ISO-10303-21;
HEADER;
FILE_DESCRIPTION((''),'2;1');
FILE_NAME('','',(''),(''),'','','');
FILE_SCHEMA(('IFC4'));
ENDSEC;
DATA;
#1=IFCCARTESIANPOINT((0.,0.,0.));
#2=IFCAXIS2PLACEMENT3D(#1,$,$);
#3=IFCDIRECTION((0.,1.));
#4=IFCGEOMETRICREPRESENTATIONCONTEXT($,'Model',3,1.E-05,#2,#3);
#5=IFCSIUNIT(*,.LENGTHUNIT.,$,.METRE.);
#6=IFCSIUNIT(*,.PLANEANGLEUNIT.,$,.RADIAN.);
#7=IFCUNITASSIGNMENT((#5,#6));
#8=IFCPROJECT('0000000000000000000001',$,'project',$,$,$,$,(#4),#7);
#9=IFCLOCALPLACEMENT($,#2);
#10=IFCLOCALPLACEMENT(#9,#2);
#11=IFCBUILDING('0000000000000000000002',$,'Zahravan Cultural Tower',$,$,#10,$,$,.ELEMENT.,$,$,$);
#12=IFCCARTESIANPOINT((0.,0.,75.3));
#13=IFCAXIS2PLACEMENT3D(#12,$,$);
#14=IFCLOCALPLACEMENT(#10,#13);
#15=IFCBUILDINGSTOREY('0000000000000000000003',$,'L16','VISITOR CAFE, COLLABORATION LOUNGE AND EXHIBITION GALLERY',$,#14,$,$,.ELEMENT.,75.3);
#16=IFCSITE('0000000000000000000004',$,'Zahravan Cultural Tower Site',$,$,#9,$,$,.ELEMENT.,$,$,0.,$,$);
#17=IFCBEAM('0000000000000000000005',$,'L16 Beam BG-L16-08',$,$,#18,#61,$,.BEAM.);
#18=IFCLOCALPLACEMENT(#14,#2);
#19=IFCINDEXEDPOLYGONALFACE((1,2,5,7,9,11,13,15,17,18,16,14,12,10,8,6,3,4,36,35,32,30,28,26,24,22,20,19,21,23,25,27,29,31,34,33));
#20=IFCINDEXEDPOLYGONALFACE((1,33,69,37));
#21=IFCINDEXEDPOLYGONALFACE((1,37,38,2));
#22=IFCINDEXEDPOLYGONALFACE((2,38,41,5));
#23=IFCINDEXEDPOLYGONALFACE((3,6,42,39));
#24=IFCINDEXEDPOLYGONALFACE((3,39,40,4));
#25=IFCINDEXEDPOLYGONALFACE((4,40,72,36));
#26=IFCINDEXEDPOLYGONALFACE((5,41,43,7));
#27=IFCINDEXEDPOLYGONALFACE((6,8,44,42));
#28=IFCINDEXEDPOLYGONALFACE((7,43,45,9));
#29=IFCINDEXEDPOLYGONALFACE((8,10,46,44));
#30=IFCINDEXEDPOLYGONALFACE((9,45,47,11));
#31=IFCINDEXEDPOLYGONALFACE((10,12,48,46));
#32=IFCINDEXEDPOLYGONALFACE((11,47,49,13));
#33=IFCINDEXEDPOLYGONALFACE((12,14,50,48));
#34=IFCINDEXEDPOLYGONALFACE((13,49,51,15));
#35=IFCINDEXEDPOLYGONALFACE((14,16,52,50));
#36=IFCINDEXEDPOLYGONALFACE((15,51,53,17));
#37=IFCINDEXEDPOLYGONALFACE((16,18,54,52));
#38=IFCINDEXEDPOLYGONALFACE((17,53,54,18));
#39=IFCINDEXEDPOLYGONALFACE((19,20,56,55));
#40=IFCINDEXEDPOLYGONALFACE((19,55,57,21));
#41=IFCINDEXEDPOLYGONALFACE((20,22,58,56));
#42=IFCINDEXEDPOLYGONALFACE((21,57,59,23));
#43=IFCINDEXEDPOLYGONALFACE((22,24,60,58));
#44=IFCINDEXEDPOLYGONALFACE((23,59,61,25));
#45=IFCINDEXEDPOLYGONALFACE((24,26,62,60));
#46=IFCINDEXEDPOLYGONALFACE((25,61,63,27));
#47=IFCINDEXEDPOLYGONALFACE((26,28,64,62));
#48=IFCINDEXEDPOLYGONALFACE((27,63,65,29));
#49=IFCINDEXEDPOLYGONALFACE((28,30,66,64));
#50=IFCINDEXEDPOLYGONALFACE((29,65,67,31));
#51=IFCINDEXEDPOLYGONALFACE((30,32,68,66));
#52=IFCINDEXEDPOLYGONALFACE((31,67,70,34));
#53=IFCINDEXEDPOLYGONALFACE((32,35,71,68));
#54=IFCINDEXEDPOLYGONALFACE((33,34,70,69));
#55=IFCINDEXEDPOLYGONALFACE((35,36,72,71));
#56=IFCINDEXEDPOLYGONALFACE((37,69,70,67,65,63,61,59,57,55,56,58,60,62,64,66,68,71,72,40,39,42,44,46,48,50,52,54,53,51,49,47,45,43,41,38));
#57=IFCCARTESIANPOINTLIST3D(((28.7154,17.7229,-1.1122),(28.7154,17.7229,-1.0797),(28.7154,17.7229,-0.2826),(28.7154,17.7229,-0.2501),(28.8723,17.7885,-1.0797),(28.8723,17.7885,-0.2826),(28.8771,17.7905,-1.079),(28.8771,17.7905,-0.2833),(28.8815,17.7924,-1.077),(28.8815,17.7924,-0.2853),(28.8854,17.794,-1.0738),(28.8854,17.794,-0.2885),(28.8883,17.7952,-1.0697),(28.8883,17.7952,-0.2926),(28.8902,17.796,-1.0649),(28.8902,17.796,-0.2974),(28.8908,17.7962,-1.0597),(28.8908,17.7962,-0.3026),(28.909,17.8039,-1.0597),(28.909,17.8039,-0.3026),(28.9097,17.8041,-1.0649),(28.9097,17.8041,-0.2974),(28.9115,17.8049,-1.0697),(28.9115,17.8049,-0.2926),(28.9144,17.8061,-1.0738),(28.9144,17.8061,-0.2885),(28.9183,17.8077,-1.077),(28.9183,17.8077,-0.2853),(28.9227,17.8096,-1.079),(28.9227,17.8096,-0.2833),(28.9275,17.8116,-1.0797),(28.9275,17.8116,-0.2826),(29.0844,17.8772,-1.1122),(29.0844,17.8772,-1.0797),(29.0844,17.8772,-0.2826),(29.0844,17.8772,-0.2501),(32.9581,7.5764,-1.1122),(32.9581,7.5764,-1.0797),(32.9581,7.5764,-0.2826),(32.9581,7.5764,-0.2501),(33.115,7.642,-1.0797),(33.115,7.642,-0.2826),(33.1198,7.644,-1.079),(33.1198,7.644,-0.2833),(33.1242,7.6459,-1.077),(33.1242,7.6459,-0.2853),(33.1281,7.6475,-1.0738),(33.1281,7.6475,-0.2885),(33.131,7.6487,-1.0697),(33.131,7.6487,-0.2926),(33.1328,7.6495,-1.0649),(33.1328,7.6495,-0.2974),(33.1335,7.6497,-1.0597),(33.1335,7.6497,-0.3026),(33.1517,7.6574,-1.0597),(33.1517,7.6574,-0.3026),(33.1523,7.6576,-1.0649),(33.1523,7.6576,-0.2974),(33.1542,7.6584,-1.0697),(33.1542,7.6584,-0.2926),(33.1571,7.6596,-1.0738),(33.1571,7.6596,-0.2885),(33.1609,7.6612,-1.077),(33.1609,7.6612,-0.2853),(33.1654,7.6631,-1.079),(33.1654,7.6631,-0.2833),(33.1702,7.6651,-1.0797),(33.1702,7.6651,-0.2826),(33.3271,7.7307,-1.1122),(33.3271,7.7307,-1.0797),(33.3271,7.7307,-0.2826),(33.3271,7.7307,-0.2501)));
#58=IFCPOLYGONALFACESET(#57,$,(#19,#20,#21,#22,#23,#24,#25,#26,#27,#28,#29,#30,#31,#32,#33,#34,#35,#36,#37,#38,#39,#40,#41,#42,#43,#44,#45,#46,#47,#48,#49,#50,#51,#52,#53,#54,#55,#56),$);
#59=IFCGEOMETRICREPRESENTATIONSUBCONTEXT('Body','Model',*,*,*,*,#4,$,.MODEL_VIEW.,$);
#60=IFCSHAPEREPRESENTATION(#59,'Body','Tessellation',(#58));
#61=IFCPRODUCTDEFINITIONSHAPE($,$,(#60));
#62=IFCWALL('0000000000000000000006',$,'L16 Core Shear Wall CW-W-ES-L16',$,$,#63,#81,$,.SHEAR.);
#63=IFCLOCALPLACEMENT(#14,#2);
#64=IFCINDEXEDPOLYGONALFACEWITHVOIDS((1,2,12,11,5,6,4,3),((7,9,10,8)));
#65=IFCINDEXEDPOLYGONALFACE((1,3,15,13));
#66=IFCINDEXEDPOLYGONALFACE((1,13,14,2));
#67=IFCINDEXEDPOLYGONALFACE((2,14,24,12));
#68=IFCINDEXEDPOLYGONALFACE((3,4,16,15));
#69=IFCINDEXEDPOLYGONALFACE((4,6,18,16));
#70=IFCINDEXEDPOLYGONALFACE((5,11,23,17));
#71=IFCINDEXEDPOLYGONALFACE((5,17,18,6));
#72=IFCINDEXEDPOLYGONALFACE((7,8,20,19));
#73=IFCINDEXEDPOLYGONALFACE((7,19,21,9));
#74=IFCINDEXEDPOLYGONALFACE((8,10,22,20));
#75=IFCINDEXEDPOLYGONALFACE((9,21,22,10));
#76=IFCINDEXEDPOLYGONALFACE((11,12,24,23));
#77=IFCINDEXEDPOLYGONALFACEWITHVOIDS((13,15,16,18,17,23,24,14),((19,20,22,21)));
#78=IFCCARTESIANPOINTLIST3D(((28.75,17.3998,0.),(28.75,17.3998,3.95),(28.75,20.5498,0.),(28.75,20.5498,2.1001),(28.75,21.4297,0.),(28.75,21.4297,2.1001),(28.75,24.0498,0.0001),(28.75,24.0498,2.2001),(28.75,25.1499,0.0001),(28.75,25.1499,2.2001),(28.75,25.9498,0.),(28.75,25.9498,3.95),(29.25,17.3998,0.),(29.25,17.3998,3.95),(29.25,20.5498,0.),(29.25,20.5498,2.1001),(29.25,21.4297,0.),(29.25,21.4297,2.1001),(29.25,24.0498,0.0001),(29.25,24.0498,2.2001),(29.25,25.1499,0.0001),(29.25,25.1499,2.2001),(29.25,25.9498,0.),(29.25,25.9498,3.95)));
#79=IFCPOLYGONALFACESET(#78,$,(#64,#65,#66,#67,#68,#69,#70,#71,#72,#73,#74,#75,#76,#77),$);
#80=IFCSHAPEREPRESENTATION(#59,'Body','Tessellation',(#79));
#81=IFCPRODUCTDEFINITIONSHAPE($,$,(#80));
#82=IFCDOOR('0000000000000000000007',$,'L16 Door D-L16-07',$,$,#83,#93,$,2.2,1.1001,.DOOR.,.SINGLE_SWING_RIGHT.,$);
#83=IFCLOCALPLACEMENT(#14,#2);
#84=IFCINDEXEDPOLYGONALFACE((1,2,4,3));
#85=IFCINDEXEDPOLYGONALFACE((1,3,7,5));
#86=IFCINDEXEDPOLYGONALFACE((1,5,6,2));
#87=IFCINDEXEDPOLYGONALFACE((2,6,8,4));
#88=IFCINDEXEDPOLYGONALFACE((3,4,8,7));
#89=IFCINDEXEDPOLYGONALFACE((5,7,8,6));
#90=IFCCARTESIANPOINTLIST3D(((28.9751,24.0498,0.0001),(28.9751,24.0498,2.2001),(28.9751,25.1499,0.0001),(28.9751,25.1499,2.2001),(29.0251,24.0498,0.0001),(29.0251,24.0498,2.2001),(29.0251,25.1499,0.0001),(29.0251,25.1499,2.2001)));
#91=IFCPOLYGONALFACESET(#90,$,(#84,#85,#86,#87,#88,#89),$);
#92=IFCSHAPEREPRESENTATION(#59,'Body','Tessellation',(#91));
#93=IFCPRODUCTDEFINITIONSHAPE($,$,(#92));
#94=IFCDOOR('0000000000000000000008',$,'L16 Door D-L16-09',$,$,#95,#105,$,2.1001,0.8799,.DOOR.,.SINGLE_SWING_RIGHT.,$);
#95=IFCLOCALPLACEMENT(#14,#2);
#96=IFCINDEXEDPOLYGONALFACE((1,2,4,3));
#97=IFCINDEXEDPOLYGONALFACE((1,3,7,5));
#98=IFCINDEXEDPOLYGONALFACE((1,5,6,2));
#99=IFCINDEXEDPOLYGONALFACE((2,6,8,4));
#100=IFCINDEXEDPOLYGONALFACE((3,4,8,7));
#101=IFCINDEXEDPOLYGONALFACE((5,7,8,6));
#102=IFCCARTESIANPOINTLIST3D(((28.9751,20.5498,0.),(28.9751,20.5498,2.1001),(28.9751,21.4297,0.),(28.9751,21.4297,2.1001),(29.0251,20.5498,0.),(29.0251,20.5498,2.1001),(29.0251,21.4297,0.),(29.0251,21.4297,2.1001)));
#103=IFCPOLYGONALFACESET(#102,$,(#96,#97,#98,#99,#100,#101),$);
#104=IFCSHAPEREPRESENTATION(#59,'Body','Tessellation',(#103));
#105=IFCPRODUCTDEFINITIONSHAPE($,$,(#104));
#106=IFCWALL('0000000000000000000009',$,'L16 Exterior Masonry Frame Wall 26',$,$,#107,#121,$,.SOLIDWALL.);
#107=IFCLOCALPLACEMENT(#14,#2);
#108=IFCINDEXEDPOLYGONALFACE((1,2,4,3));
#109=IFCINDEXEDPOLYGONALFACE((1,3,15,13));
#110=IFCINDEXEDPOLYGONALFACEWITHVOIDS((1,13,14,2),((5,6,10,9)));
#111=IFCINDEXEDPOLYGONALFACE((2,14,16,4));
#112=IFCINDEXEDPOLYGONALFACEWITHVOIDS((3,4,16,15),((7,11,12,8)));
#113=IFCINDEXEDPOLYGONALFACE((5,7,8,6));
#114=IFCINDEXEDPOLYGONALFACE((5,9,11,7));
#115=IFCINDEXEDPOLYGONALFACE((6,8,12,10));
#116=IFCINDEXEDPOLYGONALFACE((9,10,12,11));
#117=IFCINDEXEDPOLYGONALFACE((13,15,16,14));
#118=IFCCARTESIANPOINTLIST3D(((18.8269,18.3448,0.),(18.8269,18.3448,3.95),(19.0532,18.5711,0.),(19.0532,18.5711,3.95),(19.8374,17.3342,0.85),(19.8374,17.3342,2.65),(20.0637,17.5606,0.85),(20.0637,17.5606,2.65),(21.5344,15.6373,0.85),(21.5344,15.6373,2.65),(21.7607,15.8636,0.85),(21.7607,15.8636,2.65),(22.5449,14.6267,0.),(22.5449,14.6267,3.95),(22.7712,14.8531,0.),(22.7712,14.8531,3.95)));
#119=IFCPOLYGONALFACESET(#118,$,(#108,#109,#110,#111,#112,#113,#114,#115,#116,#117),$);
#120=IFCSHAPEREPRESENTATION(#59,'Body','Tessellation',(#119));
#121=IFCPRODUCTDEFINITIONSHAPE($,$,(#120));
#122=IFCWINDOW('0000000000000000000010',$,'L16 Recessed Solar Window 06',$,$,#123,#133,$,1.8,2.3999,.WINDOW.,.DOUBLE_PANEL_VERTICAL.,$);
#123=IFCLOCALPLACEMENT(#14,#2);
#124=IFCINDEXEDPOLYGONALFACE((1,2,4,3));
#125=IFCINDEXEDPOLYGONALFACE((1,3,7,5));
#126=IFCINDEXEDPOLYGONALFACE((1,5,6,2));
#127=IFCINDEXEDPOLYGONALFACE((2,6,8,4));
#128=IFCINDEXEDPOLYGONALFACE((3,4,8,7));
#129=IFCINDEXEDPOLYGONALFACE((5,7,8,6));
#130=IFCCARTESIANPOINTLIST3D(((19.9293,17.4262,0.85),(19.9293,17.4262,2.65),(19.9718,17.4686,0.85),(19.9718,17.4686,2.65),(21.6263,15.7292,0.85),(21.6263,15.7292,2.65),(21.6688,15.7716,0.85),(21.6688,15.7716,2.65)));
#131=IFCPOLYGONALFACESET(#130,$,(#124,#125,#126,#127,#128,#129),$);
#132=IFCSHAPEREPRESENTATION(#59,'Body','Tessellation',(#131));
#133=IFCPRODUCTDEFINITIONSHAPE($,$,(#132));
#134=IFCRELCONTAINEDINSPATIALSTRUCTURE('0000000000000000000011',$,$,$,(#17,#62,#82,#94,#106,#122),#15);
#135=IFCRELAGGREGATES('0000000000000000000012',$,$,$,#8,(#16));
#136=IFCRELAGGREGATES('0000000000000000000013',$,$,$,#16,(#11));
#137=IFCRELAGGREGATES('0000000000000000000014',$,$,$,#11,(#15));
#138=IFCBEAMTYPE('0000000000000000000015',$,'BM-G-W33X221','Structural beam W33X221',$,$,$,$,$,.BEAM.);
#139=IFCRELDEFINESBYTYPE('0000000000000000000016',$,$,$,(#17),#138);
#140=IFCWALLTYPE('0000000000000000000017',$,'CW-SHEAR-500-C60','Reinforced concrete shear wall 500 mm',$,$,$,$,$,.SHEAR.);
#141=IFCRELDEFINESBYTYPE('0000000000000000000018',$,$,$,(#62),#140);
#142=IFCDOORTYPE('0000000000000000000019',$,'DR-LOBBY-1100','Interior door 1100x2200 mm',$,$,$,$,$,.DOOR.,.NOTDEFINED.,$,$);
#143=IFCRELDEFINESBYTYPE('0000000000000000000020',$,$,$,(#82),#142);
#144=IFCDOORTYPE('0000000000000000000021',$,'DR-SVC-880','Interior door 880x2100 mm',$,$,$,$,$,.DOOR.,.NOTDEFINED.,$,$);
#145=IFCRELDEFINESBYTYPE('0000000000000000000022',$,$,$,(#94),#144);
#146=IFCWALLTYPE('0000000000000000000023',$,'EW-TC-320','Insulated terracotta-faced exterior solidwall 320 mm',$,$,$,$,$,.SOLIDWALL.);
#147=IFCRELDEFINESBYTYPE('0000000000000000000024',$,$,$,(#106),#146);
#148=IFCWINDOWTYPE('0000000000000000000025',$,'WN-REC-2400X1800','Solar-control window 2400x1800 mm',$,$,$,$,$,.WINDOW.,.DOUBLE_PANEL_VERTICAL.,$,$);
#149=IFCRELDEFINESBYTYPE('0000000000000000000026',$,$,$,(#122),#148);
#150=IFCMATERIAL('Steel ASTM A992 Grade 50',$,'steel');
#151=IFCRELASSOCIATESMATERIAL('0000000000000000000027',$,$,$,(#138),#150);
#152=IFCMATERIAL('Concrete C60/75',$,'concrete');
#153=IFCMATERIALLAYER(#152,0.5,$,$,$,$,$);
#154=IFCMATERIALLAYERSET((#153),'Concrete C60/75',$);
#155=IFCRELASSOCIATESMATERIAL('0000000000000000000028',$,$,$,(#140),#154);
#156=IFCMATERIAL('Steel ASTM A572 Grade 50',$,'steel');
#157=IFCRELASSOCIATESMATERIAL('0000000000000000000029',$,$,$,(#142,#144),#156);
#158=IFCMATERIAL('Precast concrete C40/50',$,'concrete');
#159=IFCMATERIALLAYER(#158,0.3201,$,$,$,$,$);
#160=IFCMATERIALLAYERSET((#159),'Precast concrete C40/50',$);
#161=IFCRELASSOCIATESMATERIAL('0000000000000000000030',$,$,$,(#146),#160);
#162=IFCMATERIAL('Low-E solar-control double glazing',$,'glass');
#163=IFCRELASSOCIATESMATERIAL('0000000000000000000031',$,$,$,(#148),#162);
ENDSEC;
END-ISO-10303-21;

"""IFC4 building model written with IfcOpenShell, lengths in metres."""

from ifc_helpers import new_model, si_unit, direction, frame, frame_2d, origin, origin_2d, place, context, subcontext, project, spatial, rectangle, i_section, extrude, source, transform, mapped, material, layer, layer_set, material_profile, profile_set, type_object, element, fill, save


model = new_model("IFC4")

# Units and contexts
model_context = context("Model", 3, precision=1e-05, world=origin(), true_north=direction((0.0, 1.0)))
body_context = subcontext(model_context, "Body", "Model", "MODEL_VIEW")
ifc_project = project(units=[si_unit("LENGTHUNIT", "METRE"), si_unit("PLANEANGLEUNIT", "RADIAN")], contexts=[model_context])

# Site, building, storey
site_placement = place(None, origin())
site = spatial("IfcSite", under=ifc_project, at=site_placement, Name="Zahravan Cultural Tower Site", CompositionType="ELEMENT", RefElevation=0.0)
building_placement = place(site_placement, origin())
building = spatial("IfcBuilding", under=site, at=building_placement, Name="Zahravan Cultural Tower", CompositionType="ELEMENT")
storey_placement = place(building_placement, frame((0.0, 0.0, 75.3)))
storey = spatial("IfcBuildingStorey", under=building, at=storey_placement, Name="L16", Description="VISITOR CAFE, COLLABORATION LOUNGE AND EXHIBITION GALLERY", CompositionType="ELEMENT", Elevation=75.3)

# Shared definitions
ifc_material_1 = material(Name="Concrete C60/75", Category="concrete")

# Beam
ifc_material_2 = material(Name="Steel ASTM A992 Grade 50", Category="steel")
ifc_material_profile_1 = material_profile(ifc_material_2, i_section(OverallWidth=0.3999, OverallDepth=0.8621, WebThickness=0.0198, FlangeThickness=0.0325, FilletRadius=0.02, at=origin_2d()), Name="W33X221")
ifc_profile_set_1 = profile_set([ifc_material_profile_1], Name="Steel ASTM A992 Grade 50")
beam_type_1 = type_object("IfcBeamType", Name="BM-G-W33X221", Description="Structural beam W33X221", PredefinedType="BEAM", material=ifc_profile_set_1)
shared_shape_1 = source(origin(), body_context, "Body", "SweptSolid", [
    extrude(i_section(OverallWidth=0.3999, OverallDepth=0.8621, WebThickness=0.0198, FlangeThickness=0.0325, FilletRadius=0.02, at=origin_2d()), origin(), (0.0, 0.0, 1.0), 10.9978),
])
beam_1_placement = place(storey_placement, frame((28.8999, 17.8, -0.6812), z_axis=(0.385775, -0.922593, 0.0), x_axis=(0.922593, 0.385775, 0.0)))
element("IfcBeam", 1, at=beam_1_placement, inside=storey, type_object=beam_type_1, Name="L16 Beam BG-L16-08", PredefinedType="BEAM", context=body_context, shape_type="MappedRepresentation", body=[
    mapped(shared_shape_1, transform((0.0, 0.0, 0.0), x_axis=(1.0, 0.0, 0.0), y_axis=(0.0, 1.0, 0.0), z_axis=(0.0, 0.0, 1.0), scale=1.0)),
])

# Wall, openings, doors
ifc_layer_1 = layer(ifc_material_1, 0.5)
ifc_layer_set_1 = layer_set([ifc_layer_1], Name="Concrete C60/75")
wall_type_1 = type_object("IfcWallType", Name="CW-SHEAR-500-C60", Description="Reinforced concrete shear wall 500 mm", PredefinedType="SHEAR", material=ifc_layer_set_1)
wall_1_placement = place(storey_placement, frame((29.0, 17.3999, 0.0), z_axis=(0.0, 0.0, 1.0), x_axis=(0.0, 1.0, 0.0)))
wall_1 = element("IfcWall", 2, at=wall_1_placement, inside=storey, type_object=wall_type_1, Name="L16 Core Shear Wall CW-W-ES-L16", PredefinedType="SHEAR", context=body_context, shape_type="SweptSolid", body=[
    extrude(rectangle(XDim=8.55, YDim=0.5, at=frame_2d((4.2749, 0.0))), origin(), (0.0, 0.0, 1.0), 3.95),
])
opening_1_placement = place(wall_1_placement, frame((6.6499, 0.0, 0.0)))
opening_1 = element("IfcOpeningElement", 3, at=opening_1_placement, cuts=wall_1, PredefinedType="OPENING", context=body_context, shape_type="SweptSolid", body=[
    extrude(rectangle(XDim=1.1001, YDim=2.2, at=frame_2d((0.55, 1.1001))), frame((0.0, 0.26, 0.0), z_axis=(0.0, -1.0, 0.0), x_axis=(1.0, 0.0, 0.0)), (0.0, 0.0, 1.0), 0.52),
])
opening_2_placement = place(wall_1_placement, frame((3.1499, 0.0, 0.0)))
opening_2 = element("IfcOpeningElement", 4, at=opening_2_placement, cuts=wall_1, PredefinedType="OPENING", context=body_context, shape_type="SweptSolid", body=[
    extrude(rectangle(XDim=0.8799, YDim=2.1001, at=frame_2d((0.4399, 1.05))), frame((0.0, 0.26, 0.0), z_axis=(0.0, -1.0, 0.0), x_axis=(1.0, 0.0, 0.0)), (0.0, 0.0, 1.0), 0.52),
])
ifc_material_3 = material(Name="Steel ASTM A572 Grade 50", Category="steel")
door_type_1 = type_object("IfcDoorType", Name="DR-LOBBY-1100", Description="Interior door 1100x2200 mm", OperationType="NOTDEFINED", PredefinedType="DOOR", material=ifc_material_3)
shared_shape_2 = source(origin(), body_context, "Body", "SweptSolid", [
    extrude(rectangle(XDim=1.1001, YDim=2.2, at=frame_2d((0.55, 1.1001))), frame((0.0, 0.0249, 0.0), z_axis=(0.0, -1.0, 0.0), x_axis=(1.0, 0.0, 0.0)), (0.0, 0.0, 1.0), 0.05),
])
door_1_placement = place(opening_1_placement, origin())
door_1 = element("IfcDoor", 5, at=door_1_placement, inside=storey, type_object=door_type_1, Name="L16 Door D-L16-07", OperationType="SINGLE_SWING_RIGHT", OverallHeight=2.2, OverallWidth=1.1001, PredefinedType="DOOR", context=body_context, shape_type="MappedRepresentation", body=[
    mapped(shared_shape_2, transform((0.0, 0.0, 0.0), x_axis=(1.0, 0.0, 0.0), y_axis=(0.0, 1.0, 0.0), z_axis=(0.0, 0.0, 1.0), scale=1.0)),
])
fill(opening_1, door_1)
door_type_2 = type_object("IfcDoorType", Name="DR-SVC-880", Description="Interior door 880x2100 mm", OperationType="NOTDEFINED", PredefinedType="DOOR", material=ifc_material_3)
shared_shape_3 = source(origin(), body_context, "Body", "SweptSolid", [
    extrude(rectangle(XDim=0.8799, YDim=2.1001, at=frame_2d((0.4399, 1.05))), frame((0.0, 0.0249, 0.0), z_axis=(0.0, -1.0, 0.0), x_axis=(1.0, 0.0, 0.0)), (0.0, 0.0, 1.0), 0.05),
])
door_2_placement = place(opening_2_placement, origin())
door_2 = element("IfcDoor", 6, at=door_2_placement, inside=storey, type_object=door_type_2, Name="L16 Door D-L16-09", OperationType="SINGLE_SWING_RIGHT", OverallHeight=2.1001, OverallWidth=0.8799, PredefinedType="DOOR", context=body_context, shape_type="MappedRepresentation", body=[
    mapped(shared_shape_3, transform((0.0, 0.0, 0.0), x_axis=(1.0, 0.0, 0.0), y_axis=(0.0, 1.0, 0.0), z_axis=(0.0, 0.0, 1.0), scale=1.0)),
])
fill(opening_2, door_2)

# Wall, opening, window
ifc_material_4 = material(Name="Precast concrete C40/50", Category="concrete")
ifc_layer_2 = layer(ifc_material_4, 0.3201)
ifc_layer_set_2 = layer_set([ifc_layer_2], Name="Precast concrete C40/50")
wall_type_2 = type_object("IfcWallType", Name="EW-TC-320", Description="Insulated terracotta-faced exterior solidwall 320 mm", PredefinedType="SOLIDWALL", material=ifc_layer_set_2)
wall_2_placement = place(storey_placement, frame((22.658, 14.74, 0.0), z_axis=(0.0, 0.0, 1.0), x_axis=(-0.707107, 0.707107, 0.0)))
wall_2 = element("IfcWall", 7, at=wall_2_placement, inside=storey, type_object=wall_type_2, Name="L16 Exterior Masonry Frame Wall 26", PredefinedType="SOLIDWALL", context=body_context, shape_type="SweptSolid", body=[
    extrude(rectangle(XDim=5.2581, YDim=0.3201, at=frame_2d((2.6289, 0.0))), origin(), (0.0, 0.0, 1.0), 3.95),
])
opening_3_placement = place(wall_2_placement, frame((1.429, 0.0, 0.8501)))
opening_3 = element("IfcOpeningElement", 8, at=opening_3_placement, cuts=wall_2, PredefinedType="OPENING", context=body_context, shape_type="SweptSolid", body=[
    extrude(rectangle(XDim=2.3999, YDim=1.8, at=frame_2d((1.2, 0.8999))), frame((0.0, 0.1699, 0.0), z_axis=(0.0, -1.0, 0.0), x_axis=(1.0, 0.0, 0.0)), (0.0, 0.0, 1.0), 0.3401),
])
ifc_material_5 = material(Name="Low-E solar-control double glazing", Category="glass")
window_type = type_object("IfcWindowType", Name="WN-REC-2400X1800", Description="Solar-control window 2400x1800 mm", PartitioningType="DOUBLE_PANEL_VERTICAL", PredefinedType="WINDOW", material=ifc_material_5)
shared_shape_4 = source(origin(), body_context, "Body", "SweptSolid", [
    extrude(rectangle(XDim=2.3999, YDim=1.8, at=frame_2d((1.2, 0.8999))), frame((0.0, 0.03, 0.0), z_axis=(0.0, -1.0, 0.0), x_axis=(1.0, 0.0, 0.0)), (0.0, 0.0, 1.0), 0.0601),
])
window_placement = place(opening_3_placement, origin())
window = element("IfcWindow", 9, at=window_placement, inside=storey, type_object=window_type, Name="L16 Recessed Solar Window 06", OverallHeight=1.8, OverallWidth=2.3999, PartitioningType="DOUBLE_PANEL_VERTICAL", PredefinedType="WINDOW", context=body_context, shape_type="MappedRepresentation", body=[
    mapped(shared_shape_4, transform((0.0, 0.0, 0.0), x_axis=(1.0, 0.0, 0.0), y_axis=(0.0, 1.0, 0.0), z_axis=(0.0, 0.0, 1.0), scale=1.0)),
])
fill(opening_3, window)

save(model, "model.ifc")
